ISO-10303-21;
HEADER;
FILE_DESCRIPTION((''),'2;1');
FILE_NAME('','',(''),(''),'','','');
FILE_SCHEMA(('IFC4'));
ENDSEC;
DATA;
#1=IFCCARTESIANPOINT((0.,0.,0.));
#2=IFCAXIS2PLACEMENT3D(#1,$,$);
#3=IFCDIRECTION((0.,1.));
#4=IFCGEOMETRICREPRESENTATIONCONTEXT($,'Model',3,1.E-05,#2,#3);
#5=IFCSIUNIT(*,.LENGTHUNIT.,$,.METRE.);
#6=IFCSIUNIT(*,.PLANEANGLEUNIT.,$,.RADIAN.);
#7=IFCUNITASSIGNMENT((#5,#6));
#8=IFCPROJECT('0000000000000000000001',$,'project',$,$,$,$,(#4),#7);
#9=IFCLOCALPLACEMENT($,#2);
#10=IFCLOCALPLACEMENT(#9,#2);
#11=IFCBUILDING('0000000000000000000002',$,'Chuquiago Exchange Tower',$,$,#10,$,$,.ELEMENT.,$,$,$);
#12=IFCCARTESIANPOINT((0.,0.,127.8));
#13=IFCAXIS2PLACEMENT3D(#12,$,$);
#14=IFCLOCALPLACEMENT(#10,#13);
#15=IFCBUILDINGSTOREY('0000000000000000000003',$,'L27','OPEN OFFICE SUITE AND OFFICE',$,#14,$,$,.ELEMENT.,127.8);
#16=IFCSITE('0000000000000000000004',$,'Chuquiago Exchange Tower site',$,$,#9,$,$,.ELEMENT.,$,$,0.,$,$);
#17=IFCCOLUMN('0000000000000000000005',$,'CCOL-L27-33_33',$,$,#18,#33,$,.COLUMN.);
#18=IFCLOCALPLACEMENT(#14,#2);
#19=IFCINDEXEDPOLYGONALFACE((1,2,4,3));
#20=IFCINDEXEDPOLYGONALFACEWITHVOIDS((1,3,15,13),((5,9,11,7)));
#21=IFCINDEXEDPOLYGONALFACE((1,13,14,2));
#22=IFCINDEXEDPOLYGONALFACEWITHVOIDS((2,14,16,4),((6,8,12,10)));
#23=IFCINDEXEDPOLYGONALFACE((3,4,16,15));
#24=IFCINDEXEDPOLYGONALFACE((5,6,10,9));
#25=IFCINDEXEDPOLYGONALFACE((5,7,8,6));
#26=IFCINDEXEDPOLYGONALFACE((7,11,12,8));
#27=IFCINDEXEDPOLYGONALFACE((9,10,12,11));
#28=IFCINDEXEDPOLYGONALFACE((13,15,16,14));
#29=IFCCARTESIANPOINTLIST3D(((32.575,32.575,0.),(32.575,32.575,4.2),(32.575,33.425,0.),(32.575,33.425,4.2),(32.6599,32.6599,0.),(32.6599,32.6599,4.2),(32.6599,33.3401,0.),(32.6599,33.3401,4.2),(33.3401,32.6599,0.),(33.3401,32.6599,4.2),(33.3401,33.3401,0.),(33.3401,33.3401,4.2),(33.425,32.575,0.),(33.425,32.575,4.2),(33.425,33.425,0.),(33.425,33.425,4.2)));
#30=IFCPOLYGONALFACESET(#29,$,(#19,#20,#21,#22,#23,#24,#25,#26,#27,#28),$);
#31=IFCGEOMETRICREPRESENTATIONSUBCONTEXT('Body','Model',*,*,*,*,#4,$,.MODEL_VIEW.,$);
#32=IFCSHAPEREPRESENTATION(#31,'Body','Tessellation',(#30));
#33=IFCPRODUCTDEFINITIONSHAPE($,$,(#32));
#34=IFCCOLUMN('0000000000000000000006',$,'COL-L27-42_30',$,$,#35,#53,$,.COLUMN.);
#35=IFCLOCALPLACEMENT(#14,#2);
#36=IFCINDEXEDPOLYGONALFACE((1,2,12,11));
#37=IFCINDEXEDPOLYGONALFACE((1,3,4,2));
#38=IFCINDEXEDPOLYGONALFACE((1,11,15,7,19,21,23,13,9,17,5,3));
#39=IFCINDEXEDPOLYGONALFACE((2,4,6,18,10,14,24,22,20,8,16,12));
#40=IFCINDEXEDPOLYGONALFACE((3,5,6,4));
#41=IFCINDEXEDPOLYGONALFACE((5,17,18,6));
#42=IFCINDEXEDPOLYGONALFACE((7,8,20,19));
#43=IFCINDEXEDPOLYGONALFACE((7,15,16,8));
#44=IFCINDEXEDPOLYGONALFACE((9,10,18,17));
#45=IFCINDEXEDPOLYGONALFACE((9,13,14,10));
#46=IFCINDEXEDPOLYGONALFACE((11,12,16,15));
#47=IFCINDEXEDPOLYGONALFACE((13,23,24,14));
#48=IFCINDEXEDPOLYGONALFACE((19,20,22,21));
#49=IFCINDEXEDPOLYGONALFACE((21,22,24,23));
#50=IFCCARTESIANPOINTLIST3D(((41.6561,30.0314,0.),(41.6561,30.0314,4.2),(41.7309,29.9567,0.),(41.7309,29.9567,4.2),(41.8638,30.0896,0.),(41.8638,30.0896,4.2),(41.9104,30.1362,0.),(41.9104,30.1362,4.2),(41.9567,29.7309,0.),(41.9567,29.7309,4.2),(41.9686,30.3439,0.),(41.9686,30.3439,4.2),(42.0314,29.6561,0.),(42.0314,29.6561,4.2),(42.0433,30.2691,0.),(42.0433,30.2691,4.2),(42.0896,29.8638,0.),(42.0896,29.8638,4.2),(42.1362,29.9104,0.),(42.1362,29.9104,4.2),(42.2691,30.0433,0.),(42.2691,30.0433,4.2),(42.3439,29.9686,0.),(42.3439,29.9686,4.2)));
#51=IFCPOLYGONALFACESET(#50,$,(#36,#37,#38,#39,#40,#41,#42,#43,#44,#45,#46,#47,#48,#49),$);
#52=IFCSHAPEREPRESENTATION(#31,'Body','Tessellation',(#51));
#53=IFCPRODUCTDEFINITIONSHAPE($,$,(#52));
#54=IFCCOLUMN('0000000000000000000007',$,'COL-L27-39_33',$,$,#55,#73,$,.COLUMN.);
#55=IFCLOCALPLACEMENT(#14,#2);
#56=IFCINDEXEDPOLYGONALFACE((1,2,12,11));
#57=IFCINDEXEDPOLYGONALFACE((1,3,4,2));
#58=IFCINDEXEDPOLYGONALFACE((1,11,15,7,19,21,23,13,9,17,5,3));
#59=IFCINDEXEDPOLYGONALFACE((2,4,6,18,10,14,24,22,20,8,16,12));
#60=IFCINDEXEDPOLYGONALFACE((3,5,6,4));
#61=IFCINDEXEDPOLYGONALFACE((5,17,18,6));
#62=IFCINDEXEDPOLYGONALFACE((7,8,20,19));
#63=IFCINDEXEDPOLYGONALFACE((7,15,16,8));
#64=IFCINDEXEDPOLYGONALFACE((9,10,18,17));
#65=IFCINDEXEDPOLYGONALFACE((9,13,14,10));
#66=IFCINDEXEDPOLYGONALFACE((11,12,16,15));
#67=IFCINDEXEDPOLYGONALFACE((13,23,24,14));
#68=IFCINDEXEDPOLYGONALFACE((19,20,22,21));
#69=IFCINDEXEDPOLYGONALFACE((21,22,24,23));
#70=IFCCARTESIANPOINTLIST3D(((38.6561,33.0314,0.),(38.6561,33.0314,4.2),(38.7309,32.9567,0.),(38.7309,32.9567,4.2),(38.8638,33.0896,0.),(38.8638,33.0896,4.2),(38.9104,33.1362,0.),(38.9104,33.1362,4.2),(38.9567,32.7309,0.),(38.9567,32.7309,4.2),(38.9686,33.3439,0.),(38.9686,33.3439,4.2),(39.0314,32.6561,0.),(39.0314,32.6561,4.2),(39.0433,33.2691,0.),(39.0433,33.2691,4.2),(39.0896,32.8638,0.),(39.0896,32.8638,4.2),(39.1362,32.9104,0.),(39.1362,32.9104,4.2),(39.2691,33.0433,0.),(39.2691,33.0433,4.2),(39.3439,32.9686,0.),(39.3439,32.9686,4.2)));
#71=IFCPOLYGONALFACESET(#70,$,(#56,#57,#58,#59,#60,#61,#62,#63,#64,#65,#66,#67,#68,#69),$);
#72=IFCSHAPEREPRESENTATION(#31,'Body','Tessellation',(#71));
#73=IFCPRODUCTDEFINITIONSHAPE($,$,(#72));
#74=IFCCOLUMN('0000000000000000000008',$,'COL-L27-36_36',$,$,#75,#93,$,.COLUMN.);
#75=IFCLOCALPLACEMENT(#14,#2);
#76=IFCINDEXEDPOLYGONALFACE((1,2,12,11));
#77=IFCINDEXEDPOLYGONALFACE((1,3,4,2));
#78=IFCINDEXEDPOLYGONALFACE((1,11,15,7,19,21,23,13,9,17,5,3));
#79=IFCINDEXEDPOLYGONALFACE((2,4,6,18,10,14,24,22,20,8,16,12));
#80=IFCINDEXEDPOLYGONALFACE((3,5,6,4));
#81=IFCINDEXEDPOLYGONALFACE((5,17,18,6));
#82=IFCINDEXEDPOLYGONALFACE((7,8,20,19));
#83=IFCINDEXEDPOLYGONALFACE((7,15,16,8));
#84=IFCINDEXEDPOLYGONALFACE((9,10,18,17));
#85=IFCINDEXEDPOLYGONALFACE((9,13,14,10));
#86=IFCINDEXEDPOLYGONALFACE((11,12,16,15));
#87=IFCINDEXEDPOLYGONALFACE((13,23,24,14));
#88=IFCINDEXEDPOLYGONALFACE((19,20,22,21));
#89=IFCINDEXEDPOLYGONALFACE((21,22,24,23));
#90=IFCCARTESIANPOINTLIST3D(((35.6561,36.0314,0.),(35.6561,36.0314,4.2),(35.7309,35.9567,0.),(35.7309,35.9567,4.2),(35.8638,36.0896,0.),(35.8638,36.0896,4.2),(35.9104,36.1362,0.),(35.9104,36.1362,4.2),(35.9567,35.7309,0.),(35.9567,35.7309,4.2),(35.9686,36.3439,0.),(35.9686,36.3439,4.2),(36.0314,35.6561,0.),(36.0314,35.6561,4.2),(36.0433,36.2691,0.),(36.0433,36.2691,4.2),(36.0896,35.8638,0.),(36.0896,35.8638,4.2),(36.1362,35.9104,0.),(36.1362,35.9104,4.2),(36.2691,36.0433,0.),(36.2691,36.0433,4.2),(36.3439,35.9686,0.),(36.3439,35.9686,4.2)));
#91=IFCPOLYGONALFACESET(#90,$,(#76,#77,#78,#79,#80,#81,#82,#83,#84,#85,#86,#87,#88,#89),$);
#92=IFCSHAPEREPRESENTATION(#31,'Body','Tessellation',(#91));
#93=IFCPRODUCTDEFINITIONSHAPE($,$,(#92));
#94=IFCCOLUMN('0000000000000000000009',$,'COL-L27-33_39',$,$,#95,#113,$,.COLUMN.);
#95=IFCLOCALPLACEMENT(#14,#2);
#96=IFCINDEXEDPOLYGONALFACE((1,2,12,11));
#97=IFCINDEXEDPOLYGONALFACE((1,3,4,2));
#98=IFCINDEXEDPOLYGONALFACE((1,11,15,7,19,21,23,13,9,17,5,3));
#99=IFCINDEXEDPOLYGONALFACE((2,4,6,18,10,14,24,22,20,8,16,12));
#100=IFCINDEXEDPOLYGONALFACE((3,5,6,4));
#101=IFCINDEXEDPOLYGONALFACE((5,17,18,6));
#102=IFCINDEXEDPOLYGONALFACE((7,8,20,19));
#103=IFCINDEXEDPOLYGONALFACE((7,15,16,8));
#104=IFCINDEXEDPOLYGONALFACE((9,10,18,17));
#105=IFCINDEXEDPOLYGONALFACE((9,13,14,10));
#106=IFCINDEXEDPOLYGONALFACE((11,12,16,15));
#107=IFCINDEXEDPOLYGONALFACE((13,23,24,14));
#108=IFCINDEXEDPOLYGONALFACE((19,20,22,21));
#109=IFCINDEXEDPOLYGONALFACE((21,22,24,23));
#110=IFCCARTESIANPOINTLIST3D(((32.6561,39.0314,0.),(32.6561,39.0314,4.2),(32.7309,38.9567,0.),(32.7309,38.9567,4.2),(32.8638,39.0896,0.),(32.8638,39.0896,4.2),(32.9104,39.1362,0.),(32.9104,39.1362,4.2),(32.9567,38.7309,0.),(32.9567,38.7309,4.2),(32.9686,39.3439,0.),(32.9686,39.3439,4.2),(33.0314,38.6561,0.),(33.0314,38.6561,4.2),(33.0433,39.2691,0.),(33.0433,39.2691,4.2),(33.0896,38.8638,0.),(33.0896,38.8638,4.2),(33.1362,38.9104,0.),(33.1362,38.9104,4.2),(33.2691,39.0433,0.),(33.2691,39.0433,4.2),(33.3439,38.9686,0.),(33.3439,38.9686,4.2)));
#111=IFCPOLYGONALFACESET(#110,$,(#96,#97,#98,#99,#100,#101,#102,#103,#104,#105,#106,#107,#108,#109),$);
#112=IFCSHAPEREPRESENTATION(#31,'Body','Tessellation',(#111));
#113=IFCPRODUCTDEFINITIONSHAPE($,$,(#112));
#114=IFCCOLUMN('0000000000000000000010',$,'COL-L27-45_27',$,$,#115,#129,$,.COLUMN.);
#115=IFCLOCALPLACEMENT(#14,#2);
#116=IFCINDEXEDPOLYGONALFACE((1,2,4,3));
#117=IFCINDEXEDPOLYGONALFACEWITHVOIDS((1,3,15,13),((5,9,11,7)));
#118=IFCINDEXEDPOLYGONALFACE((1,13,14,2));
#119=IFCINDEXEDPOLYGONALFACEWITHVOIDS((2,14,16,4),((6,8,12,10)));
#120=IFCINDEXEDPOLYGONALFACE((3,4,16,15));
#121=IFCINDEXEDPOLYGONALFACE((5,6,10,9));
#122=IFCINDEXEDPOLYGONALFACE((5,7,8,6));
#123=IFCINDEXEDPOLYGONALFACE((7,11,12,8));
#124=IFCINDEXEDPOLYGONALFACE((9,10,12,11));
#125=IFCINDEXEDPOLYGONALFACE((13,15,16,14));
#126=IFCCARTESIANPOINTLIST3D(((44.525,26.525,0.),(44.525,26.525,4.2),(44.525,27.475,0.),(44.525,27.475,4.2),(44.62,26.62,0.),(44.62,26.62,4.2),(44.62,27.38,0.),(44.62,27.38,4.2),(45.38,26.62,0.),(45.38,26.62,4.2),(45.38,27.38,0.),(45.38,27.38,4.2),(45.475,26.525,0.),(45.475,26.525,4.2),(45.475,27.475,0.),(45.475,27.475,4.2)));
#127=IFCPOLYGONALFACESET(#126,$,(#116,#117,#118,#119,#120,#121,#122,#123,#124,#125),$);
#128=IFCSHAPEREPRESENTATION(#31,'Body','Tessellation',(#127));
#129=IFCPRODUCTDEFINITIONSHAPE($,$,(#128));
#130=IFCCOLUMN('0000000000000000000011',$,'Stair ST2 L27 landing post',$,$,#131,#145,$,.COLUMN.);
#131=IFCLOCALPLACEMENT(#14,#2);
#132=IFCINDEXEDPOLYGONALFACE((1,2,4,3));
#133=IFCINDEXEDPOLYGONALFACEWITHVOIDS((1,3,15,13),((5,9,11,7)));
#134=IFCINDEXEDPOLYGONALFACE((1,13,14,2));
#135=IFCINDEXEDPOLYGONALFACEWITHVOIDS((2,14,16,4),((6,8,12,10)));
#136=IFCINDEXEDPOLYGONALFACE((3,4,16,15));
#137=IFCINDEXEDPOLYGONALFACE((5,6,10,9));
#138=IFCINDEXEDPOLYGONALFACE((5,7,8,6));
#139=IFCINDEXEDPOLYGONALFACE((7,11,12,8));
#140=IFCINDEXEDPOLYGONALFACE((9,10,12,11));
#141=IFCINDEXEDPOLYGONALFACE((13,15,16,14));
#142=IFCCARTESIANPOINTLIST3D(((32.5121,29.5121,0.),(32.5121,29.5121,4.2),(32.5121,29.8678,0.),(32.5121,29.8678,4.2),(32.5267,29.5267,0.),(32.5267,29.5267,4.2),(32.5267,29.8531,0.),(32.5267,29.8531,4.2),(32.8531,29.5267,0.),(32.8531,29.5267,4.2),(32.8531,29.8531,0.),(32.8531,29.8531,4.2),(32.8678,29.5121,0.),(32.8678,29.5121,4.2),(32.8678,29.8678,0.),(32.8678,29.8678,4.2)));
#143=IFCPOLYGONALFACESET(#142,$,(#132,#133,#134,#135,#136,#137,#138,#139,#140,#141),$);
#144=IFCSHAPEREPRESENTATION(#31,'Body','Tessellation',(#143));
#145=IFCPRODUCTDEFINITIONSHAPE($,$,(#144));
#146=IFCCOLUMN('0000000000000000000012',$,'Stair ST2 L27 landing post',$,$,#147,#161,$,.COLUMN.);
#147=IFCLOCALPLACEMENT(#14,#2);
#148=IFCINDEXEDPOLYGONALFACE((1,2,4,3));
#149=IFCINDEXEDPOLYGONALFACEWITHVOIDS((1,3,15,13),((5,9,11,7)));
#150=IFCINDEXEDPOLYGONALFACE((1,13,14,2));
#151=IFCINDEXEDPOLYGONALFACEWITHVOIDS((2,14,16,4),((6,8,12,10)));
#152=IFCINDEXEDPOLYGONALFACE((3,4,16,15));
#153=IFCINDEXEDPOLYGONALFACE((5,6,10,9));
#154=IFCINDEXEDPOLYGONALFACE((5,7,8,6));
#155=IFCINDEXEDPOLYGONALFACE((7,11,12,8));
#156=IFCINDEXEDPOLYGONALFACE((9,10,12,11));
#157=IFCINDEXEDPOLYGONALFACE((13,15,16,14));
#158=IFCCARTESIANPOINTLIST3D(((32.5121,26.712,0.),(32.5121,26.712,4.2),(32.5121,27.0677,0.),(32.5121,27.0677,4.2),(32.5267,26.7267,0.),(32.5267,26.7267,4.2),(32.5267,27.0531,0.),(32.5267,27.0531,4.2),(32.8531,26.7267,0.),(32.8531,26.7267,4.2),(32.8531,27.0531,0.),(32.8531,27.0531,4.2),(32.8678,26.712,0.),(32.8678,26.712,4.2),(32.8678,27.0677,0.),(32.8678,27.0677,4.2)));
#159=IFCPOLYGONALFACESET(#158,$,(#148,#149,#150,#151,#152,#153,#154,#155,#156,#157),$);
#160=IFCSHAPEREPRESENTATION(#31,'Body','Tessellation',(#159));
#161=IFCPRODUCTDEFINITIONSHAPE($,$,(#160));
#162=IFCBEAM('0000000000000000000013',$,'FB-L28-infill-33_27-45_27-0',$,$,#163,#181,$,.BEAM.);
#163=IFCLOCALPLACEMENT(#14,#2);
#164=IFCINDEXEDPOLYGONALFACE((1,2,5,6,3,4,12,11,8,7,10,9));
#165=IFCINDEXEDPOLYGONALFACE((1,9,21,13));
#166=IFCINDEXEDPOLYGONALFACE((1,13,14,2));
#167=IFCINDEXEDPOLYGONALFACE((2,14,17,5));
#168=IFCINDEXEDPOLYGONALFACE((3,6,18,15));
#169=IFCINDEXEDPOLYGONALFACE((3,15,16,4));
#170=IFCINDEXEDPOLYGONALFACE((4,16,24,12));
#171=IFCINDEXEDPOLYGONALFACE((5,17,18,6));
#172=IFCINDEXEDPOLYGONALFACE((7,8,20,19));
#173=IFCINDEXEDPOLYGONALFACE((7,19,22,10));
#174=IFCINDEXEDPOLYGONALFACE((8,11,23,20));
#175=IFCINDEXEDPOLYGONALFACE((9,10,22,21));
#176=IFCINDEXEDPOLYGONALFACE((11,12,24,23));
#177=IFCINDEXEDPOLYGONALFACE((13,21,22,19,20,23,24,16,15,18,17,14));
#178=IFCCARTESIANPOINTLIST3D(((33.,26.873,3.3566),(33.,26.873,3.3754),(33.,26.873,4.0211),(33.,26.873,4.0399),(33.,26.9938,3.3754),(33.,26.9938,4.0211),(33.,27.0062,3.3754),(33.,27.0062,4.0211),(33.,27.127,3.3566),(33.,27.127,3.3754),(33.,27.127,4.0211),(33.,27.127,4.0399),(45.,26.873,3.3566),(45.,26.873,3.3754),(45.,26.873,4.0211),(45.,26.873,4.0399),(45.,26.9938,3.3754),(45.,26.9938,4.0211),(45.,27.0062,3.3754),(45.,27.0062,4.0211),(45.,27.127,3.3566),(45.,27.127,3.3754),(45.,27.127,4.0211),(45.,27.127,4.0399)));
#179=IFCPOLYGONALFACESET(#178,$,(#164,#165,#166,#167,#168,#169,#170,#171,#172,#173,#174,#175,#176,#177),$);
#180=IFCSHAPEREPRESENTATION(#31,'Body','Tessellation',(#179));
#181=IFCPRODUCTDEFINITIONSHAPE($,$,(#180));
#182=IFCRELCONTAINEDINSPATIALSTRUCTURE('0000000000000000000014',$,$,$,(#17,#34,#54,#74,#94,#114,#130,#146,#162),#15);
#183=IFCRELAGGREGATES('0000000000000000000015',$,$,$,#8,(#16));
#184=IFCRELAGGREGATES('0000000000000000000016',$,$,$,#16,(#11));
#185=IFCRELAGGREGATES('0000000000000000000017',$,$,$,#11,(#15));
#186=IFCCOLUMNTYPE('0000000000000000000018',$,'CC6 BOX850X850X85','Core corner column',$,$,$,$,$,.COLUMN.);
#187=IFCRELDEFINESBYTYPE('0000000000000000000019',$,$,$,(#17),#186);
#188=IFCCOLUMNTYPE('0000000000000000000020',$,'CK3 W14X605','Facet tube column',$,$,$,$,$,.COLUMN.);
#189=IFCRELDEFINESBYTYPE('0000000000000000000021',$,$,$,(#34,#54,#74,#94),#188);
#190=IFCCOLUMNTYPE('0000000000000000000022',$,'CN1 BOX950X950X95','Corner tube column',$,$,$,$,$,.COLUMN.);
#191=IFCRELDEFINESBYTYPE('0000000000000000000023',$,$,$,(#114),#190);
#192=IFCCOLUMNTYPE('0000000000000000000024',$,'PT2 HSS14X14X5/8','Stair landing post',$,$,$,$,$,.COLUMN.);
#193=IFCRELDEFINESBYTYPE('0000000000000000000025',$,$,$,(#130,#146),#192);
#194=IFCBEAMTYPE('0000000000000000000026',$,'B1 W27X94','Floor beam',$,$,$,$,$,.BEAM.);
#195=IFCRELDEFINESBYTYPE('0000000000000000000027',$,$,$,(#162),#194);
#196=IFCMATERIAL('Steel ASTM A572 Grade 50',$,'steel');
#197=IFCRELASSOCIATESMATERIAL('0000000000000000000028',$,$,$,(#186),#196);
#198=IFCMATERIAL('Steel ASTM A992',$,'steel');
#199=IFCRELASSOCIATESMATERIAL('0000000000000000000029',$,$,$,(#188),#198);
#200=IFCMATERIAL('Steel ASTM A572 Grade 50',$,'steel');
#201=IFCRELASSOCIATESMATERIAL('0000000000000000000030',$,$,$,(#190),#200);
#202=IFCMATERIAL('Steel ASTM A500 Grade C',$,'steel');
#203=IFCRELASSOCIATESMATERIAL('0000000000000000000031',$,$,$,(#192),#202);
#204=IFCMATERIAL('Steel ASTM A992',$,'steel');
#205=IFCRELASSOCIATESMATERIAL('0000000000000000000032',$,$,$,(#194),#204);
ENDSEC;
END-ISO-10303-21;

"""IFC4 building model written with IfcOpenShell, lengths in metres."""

from ifc_helpers import new_model, si_unit, direction, frame, origin, origin_2d, place, context, subcontext, project, spatial, hollow_rectangle, i_section, extrude, material, material_profile, profile_set, type_object, element, save


model = new_model("IFC4")

# Units and contexts
model_context = context("Model", 3, precision=1e-05, world=origin(), true_north=direction((0.0, 1.0)))
body_context = subcontext(model_context, "Body", "Model", "MODEL_VIEW")
ifc_project = project(units=[si_unit("LENGTHUNIT", "METRE"), si_unit("PLANEANGLEUNIT", "RADIAN")], contexts=[model_context])

# Site, building, storey
site_placement = place(None, origin())
site = spatial("IfcSite", under=ifc_project, at=site_placement, Name="Chuquiago Exchange Tower site", CompositionType="ELEMENT", RefElevation=0.0)
building_placement = place(site_placement, origin())
building = spatial("IfcBuilding", under=site, at=building_placement, Name="Chuquiago Exchange Tower", CompositionType="ELEMENT")
storey_placement = place(building_placement, frame((0.0, 0.0, 127.8)))
storey = spatial("IfcBuildingStorey", under=building, at=storey_placement, Name="L27", Description="OPEN OFFICE SUITE AND OFFICE", CompositionType="ELEMENT", Elevation=127.8)

# Columns
ifc_material_1 = material(Name="Steel ASTM A572 Grade 50", Category="steel")
ifc_material_profile_1 = material_profile(ifc_material_1, hollow_rectangle(XDim=0.8501, YDim=0.8501, WallThickness=0.085, at=origin_2d()), Name="BOX850X850X85")
ifc_profile_set_1 = profile_set([ifc_material_profile_1], Name="Steel ASTM A572 Grade 50")
column_type_1 = type_object("IfcColumnType", Name="CC6 BOX850X850X85", Description="Core corner column", PredefinedType="COLUMN", material=ifc_profile_set_1)
column_1_placement = place(storey_placement, frame((33.0, 33.0, 0.0), z_axis=(0.0, 0.0, 1.0), x_axis=(1.0, 0.0, 0.0)))
element("IfcColumn", 1, at=column_1_placement, inside=storey, type_object=column_type_1, Name="CCOL-L27-33_33", PredefinedType="COLUMN", context=body_context, shape_type="SweptSolid", body=[
    extrude(hollow_rectangle(XDim=0.8501, YDim=0.8501, WallThickness=0.085, at=origin_2d()), origin(), (0.0, 0.0, 1.0), 4.2),
])
ifc_material_2 = material(Name="Steel ASTM A992", Category="steel")
ifc_material_profile_2 = material_profile(ifc_material_2, i_section(OverallWidth=0.4419, OverallDepth=0.5308, WebThickness=0.0659, FlangeThickness=0.1057, at=origin_2d()), Name="W14X605")
ifc_profile_set_2 = profile_set([ifc_material_profile_2], Name="Steel ASTM A992")
column_type_2 = type_object("IfcColumnType", Name="CK3 W14X605", Description="Facet tube column", PredefinedType="COLUMN", material=ifc_profile_set_2)
for number, where, z_axis, x_axis, name in (
    (2, (42.0, 30.0, 0.0), (0.0, 0.0, 1.0), (0.707107, 0.707107, 0.0), "COL-L27-42_30"),
    (3, (39.0, 33.0, 0.0), (0.0, 0.0, 1.0), (0.707107, 0.707107, 0.0), "COL-L27-39_33"),
    (4, (36.0, 36.0, 0.0), (0.0, 0.0, 1.0), (0.707107, 0.707107, 0.0), "COL-L27-36_36"),
    (5, (33.0, 39.0, 0.0), (0.0, 0.0, 1.0), (0.707107, 0.707107, 0.0), "COL-L27-33_39"),
):
    element("IfcColumn", number, at=place(storey_placement, frame(where, z_axis=z_axis, x_axis=x_axis)), inside=storey, type_object=column_type_2, Name=name, PredefinedType="COLUMN", context=body_context, shape_type="SweptSolid", body=[
        extrude(i_section(OverallWidth=0.4419, OverallDepth=0.5308, WebThickness=0.0659, FlangeThickness=0.1057, at=origin_2d()), origin(), (0.0, 0.0, 1.0), 4.2),
    ])
ifc_material_3 = material(Name="Steel ASTM A572 Grade 50", Category="steel")
ifc_material_profile_3 = material_profile(ifc_material_3, hollow_rectangle(XDim=0.95, YDim=0.95, WallThickness=0.095, at=origin_2d()), Name="BOX950X950X95")
ifc_profile_set_3 = profile_set([ifc_material_profile_3], Name="Steel ASTM A572 Grade 50")
column_type_3 = type_object("IfcColumnType", Name="CN1 BOX950X950X95", Description="Corner tube column", PredefinedType="COLUMN", material=ifc_profile_set_3)
column_2_placement = place(storey_placement, frame((45.0, 27.0, 0.0), z_axis=(0.0, 0.0, 1.0), x_axis=(1.0, 0.0, 0.0)))
element("IfcColumn", 6, at=column_2_placement, inside=storey, type_object=column_type_3, Name="COL-L27-45_27", PredefinedType="COLUMN", context=body_context, shape_type="SweptSolid", body=[
    extrude(hollow_rectangle(XDim=0.95, YDim=0.95, WallThickness=0.095, at=origin_2d()), origin(), (0.0, 0.0, 1.0), 4.2),
])
ifc_material_4 = material(Name="Steel ASTM A500 Grade C", Category="steel")
ifc_material_profile_4 = material_profile(ifc_material_4, hollow_rectangle(XDim=0.3557, YDim=0.3557, WallThickness=0.0146, at=origin_2d()), Name="HSS14X14X5/8")
ifc_profile_set_4 = profile_set([ifc_material_profile_4], Name="Steel ASTM A500 Grade C")
column_type_4 = type_object("IfcColumnType", Name="PT2 HSS14X14X5/8", Description="Stair landing post", PredefinedType="COLUMN", material=ifc_profile_set_4)
for number, where, z_axis, x_axis, name in (
    (7, (32.6899, 29.6899, 0.0), (0.0, 0.0, 1.0), (1.0, 0.0, 0.0), "Stair ST2 L27 landing post"),
    (8, (32.6899, 26.8899, 0.0), (0.0, 0.0, 1.0), (1.0, 0.0, 0.0), "Stair ST2 L27 landing post"),
):
    element("IfcColumn", number, at=place(storey_placement, frame(where, z_axis=z_axis, x_axis=x_axis)), inside=storey, type_object=column_type_4, Name=name, PredefinedType="COLUMN", context=body_context, shape_type="SweptSolid", body=[
        extrude(hollow_rectangle(XDim=0.3557, YDim=0.3557, WallThickness=0.0146, at=origin_2d()), origin(), (0.0, 0.0, 1.0), 4.2),
    ])

# Beam
ifc_material_5 = material(Name="Steel ASTM A992", Category="steel")
ifc_material_profile_5 = material_profile(ifc_material_5, i_section(OverallWidth=0.2539, OverallDepth=0.6833, WebThickness=0.0125, FlangeThickness=0.0188, at=origin_2d()), Name="W27X94")
ifc_profile_set_5 = profile_set([ifc_material_profile_5], Name="Steel ASTM A992")
beam_type_1 = type_object("IfcBeamType", Name="B1 W27X94", Description="Floor beam", PredefinedType="BEAM", material=ifc_profile_set_5)
beam_1_placement = place(storey_placement, frame((33.0, 27.0, 3.6982), z_axis=(1.0, 0.0, 0.0), x_axis=(0.0, 1.0, 0.0)))
element("IfcBeam", 9, at=beam_1_placement, inside=storey, type_object=beam_type_1, Name="FB-L28-infill-33_27-45_27-0", PredefinedType="BEAM", context=body_context, shape_type="SweptSolid", body=[
    extrude(i_section(OverallWidth=0.2539, OverallDepth=0.6833, WebThickness=0.0125, FlangeThickness=0.0188, at=origin_2d()), origin(), (0.0, 0.0, 1.0), 12.0),
])

save(model, "model.ifc")
